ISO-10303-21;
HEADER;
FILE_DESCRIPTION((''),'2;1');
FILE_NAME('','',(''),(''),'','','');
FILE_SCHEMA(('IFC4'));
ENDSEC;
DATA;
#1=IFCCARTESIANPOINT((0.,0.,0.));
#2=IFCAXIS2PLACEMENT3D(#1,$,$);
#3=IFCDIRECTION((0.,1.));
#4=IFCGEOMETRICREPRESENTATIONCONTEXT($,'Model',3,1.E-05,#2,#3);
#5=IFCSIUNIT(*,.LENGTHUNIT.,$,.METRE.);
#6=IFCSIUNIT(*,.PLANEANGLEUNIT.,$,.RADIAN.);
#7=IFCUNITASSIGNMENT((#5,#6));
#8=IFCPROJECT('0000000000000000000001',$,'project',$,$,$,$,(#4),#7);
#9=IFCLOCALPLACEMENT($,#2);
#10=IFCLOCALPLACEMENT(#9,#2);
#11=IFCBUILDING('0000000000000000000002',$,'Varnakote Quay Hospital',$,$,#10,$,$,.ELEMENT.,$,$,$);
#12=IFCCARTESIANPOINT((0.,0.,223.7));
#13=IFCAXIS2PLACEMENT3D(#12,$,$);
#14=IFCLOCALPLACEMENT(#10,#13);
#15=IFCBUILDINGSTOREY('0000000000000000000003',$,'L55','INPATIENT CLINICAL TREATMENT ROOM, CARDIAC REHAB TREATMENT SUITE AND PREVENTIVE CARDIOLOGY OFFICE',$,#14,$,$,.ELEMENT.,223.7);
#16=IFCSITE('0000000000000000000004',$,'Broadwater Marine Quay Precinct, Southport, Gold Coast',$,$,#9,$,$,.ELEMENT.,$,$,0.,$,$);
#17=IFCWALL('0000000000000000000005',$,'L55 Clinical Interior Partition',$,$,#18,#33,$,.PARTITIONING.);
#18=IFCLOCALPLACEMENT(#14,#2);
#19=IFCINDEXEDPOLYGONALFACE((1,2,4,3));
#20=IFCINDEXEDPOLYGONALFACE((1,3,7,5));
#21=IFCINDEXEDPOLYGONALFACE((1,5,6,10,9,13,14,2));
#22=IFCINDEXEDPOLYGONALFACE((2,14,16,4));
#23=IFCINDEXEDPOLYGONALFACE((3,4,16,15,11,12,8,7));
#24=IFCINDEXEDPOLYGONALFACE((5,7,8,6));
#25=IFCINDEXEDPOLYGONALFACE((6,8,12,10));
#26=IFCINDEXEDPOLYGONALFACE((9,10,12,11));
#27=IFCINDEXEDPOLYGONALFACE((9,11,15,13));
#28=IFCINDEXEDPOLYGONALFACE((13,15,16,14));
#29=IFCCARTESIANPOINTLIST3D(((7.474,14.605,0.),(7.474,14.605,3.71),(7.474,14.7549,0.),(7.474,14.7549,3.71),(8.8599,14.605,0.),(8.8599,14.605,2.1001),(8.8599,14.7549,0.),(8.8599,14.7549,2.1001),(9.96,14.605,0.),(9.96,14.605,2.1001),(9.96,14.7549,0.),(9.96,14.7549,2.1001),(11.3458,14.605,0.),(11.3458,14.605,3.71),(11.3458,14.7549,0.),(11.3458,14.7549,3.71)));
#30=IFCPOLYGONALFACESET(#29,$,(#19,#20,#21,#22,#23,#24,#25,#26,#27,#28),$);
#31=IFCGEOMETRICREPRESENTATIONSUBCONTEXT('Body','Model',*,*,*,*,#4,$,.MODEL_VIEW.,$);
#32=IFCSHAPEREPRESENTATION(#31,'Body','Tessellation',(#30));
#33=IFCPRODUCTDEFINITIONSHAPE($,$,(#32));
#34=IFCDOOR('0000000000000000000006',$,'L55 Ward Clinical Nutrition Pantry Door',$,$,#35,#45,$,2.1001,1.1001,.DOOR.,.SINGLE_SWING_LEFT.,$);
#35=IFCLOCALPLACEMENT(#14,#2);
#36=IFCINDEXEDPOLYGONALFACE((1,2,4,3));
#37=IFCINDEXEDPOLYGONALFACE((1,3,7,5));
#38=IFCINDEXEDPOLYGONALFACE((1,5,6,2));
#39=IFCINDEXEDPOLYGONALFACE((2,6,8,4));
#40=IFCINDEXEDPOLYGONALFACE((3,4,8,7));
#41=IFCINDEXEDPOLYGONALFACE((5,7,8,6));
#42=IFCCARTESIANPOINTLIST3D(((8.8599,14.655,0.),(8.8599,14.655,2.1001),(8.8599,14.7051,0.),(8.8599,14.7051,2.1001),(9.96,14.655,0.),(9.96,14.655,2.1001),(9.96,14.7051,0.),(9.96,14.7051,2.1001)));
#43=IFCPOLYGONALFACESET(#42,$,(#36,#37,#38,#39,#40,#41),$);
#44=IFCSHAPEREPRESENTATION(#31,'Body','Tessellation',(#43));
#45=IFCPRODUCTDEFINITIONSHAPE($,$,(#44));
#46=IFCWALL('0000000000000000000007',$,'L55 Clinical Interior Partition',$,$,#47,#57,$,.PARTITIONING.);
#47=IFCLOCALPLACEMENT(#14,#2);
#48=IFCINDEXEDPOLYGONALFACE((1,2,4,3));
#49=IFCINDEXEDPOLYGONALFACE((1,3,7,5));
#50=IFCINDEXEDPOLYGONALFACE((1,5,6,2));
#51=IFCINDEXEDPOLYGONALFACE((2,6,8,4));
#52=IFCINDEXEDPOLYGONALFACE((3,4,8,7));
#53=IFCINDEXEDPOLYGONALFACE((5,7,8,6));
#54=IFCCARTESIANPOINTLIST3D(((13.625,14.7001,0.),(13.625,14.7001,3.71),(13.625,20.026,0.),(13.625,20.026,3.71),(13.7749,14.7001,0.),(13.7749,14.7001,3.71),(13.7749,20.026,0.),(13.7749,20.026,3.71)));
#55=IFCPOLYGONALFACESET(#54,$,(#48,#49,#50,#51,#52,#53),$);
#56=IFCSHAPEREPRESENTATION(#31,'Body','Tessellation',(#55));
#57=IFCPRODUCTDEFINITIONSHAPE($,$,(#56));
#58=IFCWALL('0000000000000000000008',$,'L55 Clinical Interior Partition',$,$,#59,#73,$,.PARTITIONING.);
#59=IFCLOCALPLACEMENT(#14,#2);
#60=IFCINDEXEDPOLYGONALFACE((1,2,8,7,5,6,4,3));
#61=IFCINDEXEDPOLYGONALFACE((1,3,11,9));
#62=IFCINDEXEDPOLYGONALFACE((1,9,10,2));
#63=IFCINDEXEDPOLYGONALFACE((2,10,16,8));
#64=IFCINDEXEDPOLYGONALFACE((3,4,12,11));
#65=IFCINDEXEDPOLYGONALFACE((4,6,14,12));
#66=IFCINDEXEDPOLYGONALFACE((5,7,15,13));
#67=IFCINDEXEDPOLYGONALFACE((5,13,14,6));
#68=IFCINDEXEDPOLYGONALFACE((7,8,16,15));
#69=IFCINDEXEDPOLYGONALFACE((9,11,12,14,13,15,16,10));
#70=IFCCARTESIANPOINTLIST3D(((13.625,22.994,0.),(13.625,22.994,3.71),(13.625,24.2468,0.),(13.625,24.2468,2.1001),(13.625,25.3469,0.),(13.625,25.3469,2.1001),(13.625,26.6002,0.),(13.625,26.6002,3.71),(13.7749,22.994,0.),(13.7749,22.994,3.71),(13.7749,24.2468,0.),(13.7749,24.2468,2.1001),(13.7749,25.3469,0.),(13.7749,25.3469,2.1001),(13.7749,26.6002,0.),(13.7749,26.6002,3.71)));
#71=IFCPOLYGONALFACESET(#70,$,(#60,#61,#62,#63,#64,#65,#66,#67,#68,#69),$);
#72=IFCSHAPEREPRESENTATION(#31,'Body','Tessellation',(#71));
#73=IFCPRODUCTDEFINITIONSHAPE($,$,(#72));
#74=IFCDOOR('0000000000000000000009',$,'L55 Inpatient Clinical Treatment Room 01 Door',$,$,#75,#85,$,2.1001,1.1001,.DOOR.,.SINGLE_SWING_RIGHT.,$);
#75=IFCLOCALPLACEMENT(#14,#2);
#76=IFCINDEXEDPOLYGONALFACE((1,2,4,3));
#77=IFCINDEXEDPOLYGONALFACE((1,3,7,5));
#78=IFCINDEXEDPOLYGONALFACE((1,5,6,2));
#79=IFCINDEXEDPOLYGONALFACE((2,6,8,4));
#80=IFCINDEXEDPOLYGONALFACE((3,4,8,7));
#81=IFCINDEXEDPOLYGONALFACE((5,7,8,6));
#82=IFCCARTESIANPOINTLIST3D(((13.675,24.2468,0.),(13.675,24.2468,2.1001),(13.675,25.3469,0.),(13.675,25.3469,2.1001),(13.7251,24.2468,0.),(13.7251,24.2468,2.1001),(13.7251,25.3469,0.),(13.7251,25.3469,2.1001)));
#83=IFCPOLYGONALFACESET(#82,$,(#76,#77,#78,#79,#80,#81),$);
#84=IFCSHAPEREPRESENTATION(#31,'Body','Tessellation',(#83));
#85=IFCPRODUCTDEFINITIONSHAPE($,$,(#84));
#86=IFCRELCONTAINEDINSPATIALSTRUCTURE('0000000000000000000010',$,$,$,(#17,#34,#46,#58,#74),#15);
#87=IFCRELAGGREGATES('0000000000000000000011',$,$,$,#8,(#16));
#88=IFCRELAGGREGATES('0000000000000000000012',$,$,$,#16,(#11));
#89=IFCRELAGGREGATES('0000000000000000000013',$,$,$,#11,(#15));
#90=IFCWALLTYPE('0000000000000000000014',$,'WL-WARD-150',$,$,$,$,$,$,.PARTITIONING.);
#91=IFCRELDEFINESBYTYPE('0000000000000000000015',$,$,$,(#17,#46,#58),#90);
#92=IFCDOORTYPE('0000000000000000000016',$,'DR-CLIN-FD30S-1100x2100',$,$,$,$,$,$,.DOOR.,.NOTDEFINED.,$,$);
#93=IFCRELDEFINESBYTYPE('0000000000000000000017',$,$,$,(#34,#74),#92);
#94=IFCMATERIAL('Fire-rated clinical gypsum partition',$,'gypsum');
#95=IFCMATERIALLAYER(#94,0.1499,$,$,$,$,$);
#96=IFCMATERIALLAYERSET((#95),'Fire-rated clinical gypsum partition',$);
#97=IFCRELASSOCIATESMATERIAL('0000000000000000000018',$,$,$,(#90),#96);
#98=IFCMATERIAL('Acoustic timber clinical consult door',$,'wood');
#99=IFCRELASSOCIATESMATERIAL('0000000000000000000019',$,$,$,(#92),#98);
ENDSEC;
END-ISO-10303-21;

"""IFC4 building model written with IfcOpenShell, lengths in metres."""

from ifc_helpers import new_model, si_unit, direction, frame, frame_2d, origin, place, context, subcontext, project, spatial, rectangle, extrude, material, layer, layer_set, type_object, element, fill, save


model = new_model("IFC4")

# Units and contexts
model_context = context("Model", 3, precision=1e-05, world=origin(), true_north=direction((0.0, 1.0)))
body_context = subcontext(model_context, "Body", "Model", "MODEL_VIEW")
ifc_project = project(units=[si_unit("LENGTHUNIT", "METRE"), si_unit("PLANEANGLEUNIT", "RADIAN")], contexts=[model_context])

# Site, building, storey
site_placement = place(None, origin())
site = spatial("IfcSite", under=ifc_project, at=site_placement, Name="Broadwater Marine Quay Precinct, Southport, Gold Coast", CompositionType="ELEMENT", RefElevation=0.0)
building_placement = place(site_placement, origin())
building = spatial("IfcBuilding", under=site, at=building_placement, Name="Varnakote Quay Hospital", CompositionType="ELEMENT")
storey_placement = place(building_placement, frame((0.0, 0.0, 223.7)))
storey = spatial("IfcBuildingStorey", under=building, at=storey_placement, Name="L55", Description="INPATIENT CLINICAL TREATMENT ROOM, CARDIAC REHAB TREATMENT SUITE AND PREVENTIVE CARDIOLOGY OFFICE", CompositionType="ELEMENT", Elevation=223.7)

# Wall, opening, door
ifc_material_1 = material(Name="Fire-rated clinical gypsum partition", Category="gypsum")
ifc_layer_1 = layer(ifc_material_1, 0.1499)
ifc_layer_set_1 = layer_set([ifc_layer_1], Name="Fire-rated clinical gypsum partition")
wall_type_1 = type_object("IfcWallType", Name="WL-WARD-150", PredefinedType="PARTITIONING", material=ifc_layer_set_1)
wall_1_placement = place(storey_placement, frame((11.3459, 14.6799, 0.0), z_axis=(0.0, 0.0, 1.0), x_axis=(-1.0, 0.0, 0.0)))
wall_1 = element("IfcWall", 1, at=wall_1_placement, inside=storey, type_object=wall_type_1, Name="L55 Clinical Interior Partition", PredefinedType="PARTITIONING", context=body_context, shape_type="SweptSolid", body=[
    extrude(rectangle(XDim=3.8718, YDim=0.1499, at=frame_2d((1.936, 0.0))), origin(), (0.0, 0.0, 1.0), 3.71),
])
opening_1_placement = place(wall_1_placement, frame((1.386, 0.0, 0.0)))
opening_1 = element("IfcOpeningElement", 2, at=opening_1_placement, cuts=wall_1, PredefinedType="OPENING", context=body_context, shape_type="SweptSolid", body=[
    extrude(rectangle(XDim=1.1001, YDim=2.1001, at=frame_2d((0.55, 1.05))), frame((0.0, 0.085, 0.0), z_axis=(0.0, -1.0, 0.0), x_axis=(1.0, 0.0, 0.0)), (0.0, 0.0, 1.0), 0.1699),
])
ifc_material_2 = material(Name="Acoustic timber clinical consult door", Category="wood")
door_type_1 = type_object("IfcDoorType", Name="DR-CLIN-FD30S-1100x2100", OperationType="NOTDEFINED", PredefinedType="DOOR", material=ifc_material_2)
door_1_placement = place(opening_1_placement, origin())
door_1 = element("IfcDoor", 3, at=door_1_placement, inside=storey, type_object=door_type_1, Name="L55 Ward Clinical Nutrition Pantry Door", OperationType="SINGLE_SWING_LEFT", OverallHeight=2.1001, OverallWidth=1.1001, PredefinedType="DOOR", context=body_context, shape_type="SweptSolid", body=[
    extrude(rectangle(XDim=1.1001, YDim=2.1001, at=frame_2d((0.55, 1.05))), frame((0.0, 0.0249, 0.0), z_axis=(0.0, -1.0, 0.0), x_axis=(1.0, 0.0, 0.0)), (0.0, 0.0, 1.0), 0.05),
])
fill(opening_1, door_1)

# Wall
wall_2_placement = place(storey_placement, frame((13.7, 14.7, 0.0), z_axis=(0.0, 0.0, 1.0), x_axis=(0.0, 1.0, 0.0)))
element("IfcWall", 4, at=wall_2_placement, inside=storey, type_object=wall_type_1, Name="L55 Clinical Interior Partition", PredefinedType="PARTITIONING", context=body_context, shape_type="SweptSolid", body=[
    extrude(rectangle(XDim=5.3259, YDim=0.1499, at=frame_2d((2.6631, 0.0))), origin(), (0.0, 0.0, 1.0), 3.71),
])

# Wall, opening, door
wall_3_placement = place(storey_placement, frame((13.7, 22.9939, 0.0), z_axis=(0.0, 0.0, 1.0), x_axis=(0.0, 1.0, 0.0)))
wall_3 = element("IfcWall", 5, at=wall_3_placement, inside=storey, type_object=wall_type_1, Name="L55 Clinical Interior Partition", PredefinedType="PARTITIONING", context=body_context, shape_type="SweptSolid", body=[
    extrude(rectangle(XDim=3.6062, YDim=0.1499, at=frame_2d((1.8032, 0.0))), origin(), (0.0, 0.0, 1.0), 3.71),
])
opening_2_placement = place(wall_3_placement, frame((1.2529, 0.0, 0.0)))
opening_2 = element("IfcOpeningElement", 6, at=opening_2_placement, cuts=wall_3, PredefinedType="OPENING", context=body_context, shape_type="SweptSolid", body=[
    extrude(rectangle(XDim=1.1001, YDim=2.1001, at=frame_2d((0.55, 1.05))), frame((0.0, 0.085, 0.0), z_axis=(0.0, -1.0, 0.0), x_axis=(1.0, 0.0, 0.0)), (0.0, 0.0, 1.0), 0.1699),
])
door_2_placement = place(opening_2_placement, origin())
door_2 = element("IfcDoor", 7, at=door_2_placement, inside=storey, type_object=door_type_1, Name="L55 Inpatient Clinical Treatment Room 01 Door", OperationType="SINGLE_SWING_RIGHT", OverallHeight=2.1001, OverallWidth=1.1001, PredefinedType="DOOR", context=body_context, shape_type="SweptSolid", body=[
    extrude(rectangle(XDim=1.1001, YDim=2.1001, at=frame_2d((0.55, 1.05))), frame((0.0, 0.0249, 0.0), z_axis=(0.0, -1.0, 0.0), x_axis=(1.0, 0.0, 0.0)), (0.0, 0.0, 1.0), 0.05),
])
fill(opening_2, door_2)

save(model, "model.ifc")
